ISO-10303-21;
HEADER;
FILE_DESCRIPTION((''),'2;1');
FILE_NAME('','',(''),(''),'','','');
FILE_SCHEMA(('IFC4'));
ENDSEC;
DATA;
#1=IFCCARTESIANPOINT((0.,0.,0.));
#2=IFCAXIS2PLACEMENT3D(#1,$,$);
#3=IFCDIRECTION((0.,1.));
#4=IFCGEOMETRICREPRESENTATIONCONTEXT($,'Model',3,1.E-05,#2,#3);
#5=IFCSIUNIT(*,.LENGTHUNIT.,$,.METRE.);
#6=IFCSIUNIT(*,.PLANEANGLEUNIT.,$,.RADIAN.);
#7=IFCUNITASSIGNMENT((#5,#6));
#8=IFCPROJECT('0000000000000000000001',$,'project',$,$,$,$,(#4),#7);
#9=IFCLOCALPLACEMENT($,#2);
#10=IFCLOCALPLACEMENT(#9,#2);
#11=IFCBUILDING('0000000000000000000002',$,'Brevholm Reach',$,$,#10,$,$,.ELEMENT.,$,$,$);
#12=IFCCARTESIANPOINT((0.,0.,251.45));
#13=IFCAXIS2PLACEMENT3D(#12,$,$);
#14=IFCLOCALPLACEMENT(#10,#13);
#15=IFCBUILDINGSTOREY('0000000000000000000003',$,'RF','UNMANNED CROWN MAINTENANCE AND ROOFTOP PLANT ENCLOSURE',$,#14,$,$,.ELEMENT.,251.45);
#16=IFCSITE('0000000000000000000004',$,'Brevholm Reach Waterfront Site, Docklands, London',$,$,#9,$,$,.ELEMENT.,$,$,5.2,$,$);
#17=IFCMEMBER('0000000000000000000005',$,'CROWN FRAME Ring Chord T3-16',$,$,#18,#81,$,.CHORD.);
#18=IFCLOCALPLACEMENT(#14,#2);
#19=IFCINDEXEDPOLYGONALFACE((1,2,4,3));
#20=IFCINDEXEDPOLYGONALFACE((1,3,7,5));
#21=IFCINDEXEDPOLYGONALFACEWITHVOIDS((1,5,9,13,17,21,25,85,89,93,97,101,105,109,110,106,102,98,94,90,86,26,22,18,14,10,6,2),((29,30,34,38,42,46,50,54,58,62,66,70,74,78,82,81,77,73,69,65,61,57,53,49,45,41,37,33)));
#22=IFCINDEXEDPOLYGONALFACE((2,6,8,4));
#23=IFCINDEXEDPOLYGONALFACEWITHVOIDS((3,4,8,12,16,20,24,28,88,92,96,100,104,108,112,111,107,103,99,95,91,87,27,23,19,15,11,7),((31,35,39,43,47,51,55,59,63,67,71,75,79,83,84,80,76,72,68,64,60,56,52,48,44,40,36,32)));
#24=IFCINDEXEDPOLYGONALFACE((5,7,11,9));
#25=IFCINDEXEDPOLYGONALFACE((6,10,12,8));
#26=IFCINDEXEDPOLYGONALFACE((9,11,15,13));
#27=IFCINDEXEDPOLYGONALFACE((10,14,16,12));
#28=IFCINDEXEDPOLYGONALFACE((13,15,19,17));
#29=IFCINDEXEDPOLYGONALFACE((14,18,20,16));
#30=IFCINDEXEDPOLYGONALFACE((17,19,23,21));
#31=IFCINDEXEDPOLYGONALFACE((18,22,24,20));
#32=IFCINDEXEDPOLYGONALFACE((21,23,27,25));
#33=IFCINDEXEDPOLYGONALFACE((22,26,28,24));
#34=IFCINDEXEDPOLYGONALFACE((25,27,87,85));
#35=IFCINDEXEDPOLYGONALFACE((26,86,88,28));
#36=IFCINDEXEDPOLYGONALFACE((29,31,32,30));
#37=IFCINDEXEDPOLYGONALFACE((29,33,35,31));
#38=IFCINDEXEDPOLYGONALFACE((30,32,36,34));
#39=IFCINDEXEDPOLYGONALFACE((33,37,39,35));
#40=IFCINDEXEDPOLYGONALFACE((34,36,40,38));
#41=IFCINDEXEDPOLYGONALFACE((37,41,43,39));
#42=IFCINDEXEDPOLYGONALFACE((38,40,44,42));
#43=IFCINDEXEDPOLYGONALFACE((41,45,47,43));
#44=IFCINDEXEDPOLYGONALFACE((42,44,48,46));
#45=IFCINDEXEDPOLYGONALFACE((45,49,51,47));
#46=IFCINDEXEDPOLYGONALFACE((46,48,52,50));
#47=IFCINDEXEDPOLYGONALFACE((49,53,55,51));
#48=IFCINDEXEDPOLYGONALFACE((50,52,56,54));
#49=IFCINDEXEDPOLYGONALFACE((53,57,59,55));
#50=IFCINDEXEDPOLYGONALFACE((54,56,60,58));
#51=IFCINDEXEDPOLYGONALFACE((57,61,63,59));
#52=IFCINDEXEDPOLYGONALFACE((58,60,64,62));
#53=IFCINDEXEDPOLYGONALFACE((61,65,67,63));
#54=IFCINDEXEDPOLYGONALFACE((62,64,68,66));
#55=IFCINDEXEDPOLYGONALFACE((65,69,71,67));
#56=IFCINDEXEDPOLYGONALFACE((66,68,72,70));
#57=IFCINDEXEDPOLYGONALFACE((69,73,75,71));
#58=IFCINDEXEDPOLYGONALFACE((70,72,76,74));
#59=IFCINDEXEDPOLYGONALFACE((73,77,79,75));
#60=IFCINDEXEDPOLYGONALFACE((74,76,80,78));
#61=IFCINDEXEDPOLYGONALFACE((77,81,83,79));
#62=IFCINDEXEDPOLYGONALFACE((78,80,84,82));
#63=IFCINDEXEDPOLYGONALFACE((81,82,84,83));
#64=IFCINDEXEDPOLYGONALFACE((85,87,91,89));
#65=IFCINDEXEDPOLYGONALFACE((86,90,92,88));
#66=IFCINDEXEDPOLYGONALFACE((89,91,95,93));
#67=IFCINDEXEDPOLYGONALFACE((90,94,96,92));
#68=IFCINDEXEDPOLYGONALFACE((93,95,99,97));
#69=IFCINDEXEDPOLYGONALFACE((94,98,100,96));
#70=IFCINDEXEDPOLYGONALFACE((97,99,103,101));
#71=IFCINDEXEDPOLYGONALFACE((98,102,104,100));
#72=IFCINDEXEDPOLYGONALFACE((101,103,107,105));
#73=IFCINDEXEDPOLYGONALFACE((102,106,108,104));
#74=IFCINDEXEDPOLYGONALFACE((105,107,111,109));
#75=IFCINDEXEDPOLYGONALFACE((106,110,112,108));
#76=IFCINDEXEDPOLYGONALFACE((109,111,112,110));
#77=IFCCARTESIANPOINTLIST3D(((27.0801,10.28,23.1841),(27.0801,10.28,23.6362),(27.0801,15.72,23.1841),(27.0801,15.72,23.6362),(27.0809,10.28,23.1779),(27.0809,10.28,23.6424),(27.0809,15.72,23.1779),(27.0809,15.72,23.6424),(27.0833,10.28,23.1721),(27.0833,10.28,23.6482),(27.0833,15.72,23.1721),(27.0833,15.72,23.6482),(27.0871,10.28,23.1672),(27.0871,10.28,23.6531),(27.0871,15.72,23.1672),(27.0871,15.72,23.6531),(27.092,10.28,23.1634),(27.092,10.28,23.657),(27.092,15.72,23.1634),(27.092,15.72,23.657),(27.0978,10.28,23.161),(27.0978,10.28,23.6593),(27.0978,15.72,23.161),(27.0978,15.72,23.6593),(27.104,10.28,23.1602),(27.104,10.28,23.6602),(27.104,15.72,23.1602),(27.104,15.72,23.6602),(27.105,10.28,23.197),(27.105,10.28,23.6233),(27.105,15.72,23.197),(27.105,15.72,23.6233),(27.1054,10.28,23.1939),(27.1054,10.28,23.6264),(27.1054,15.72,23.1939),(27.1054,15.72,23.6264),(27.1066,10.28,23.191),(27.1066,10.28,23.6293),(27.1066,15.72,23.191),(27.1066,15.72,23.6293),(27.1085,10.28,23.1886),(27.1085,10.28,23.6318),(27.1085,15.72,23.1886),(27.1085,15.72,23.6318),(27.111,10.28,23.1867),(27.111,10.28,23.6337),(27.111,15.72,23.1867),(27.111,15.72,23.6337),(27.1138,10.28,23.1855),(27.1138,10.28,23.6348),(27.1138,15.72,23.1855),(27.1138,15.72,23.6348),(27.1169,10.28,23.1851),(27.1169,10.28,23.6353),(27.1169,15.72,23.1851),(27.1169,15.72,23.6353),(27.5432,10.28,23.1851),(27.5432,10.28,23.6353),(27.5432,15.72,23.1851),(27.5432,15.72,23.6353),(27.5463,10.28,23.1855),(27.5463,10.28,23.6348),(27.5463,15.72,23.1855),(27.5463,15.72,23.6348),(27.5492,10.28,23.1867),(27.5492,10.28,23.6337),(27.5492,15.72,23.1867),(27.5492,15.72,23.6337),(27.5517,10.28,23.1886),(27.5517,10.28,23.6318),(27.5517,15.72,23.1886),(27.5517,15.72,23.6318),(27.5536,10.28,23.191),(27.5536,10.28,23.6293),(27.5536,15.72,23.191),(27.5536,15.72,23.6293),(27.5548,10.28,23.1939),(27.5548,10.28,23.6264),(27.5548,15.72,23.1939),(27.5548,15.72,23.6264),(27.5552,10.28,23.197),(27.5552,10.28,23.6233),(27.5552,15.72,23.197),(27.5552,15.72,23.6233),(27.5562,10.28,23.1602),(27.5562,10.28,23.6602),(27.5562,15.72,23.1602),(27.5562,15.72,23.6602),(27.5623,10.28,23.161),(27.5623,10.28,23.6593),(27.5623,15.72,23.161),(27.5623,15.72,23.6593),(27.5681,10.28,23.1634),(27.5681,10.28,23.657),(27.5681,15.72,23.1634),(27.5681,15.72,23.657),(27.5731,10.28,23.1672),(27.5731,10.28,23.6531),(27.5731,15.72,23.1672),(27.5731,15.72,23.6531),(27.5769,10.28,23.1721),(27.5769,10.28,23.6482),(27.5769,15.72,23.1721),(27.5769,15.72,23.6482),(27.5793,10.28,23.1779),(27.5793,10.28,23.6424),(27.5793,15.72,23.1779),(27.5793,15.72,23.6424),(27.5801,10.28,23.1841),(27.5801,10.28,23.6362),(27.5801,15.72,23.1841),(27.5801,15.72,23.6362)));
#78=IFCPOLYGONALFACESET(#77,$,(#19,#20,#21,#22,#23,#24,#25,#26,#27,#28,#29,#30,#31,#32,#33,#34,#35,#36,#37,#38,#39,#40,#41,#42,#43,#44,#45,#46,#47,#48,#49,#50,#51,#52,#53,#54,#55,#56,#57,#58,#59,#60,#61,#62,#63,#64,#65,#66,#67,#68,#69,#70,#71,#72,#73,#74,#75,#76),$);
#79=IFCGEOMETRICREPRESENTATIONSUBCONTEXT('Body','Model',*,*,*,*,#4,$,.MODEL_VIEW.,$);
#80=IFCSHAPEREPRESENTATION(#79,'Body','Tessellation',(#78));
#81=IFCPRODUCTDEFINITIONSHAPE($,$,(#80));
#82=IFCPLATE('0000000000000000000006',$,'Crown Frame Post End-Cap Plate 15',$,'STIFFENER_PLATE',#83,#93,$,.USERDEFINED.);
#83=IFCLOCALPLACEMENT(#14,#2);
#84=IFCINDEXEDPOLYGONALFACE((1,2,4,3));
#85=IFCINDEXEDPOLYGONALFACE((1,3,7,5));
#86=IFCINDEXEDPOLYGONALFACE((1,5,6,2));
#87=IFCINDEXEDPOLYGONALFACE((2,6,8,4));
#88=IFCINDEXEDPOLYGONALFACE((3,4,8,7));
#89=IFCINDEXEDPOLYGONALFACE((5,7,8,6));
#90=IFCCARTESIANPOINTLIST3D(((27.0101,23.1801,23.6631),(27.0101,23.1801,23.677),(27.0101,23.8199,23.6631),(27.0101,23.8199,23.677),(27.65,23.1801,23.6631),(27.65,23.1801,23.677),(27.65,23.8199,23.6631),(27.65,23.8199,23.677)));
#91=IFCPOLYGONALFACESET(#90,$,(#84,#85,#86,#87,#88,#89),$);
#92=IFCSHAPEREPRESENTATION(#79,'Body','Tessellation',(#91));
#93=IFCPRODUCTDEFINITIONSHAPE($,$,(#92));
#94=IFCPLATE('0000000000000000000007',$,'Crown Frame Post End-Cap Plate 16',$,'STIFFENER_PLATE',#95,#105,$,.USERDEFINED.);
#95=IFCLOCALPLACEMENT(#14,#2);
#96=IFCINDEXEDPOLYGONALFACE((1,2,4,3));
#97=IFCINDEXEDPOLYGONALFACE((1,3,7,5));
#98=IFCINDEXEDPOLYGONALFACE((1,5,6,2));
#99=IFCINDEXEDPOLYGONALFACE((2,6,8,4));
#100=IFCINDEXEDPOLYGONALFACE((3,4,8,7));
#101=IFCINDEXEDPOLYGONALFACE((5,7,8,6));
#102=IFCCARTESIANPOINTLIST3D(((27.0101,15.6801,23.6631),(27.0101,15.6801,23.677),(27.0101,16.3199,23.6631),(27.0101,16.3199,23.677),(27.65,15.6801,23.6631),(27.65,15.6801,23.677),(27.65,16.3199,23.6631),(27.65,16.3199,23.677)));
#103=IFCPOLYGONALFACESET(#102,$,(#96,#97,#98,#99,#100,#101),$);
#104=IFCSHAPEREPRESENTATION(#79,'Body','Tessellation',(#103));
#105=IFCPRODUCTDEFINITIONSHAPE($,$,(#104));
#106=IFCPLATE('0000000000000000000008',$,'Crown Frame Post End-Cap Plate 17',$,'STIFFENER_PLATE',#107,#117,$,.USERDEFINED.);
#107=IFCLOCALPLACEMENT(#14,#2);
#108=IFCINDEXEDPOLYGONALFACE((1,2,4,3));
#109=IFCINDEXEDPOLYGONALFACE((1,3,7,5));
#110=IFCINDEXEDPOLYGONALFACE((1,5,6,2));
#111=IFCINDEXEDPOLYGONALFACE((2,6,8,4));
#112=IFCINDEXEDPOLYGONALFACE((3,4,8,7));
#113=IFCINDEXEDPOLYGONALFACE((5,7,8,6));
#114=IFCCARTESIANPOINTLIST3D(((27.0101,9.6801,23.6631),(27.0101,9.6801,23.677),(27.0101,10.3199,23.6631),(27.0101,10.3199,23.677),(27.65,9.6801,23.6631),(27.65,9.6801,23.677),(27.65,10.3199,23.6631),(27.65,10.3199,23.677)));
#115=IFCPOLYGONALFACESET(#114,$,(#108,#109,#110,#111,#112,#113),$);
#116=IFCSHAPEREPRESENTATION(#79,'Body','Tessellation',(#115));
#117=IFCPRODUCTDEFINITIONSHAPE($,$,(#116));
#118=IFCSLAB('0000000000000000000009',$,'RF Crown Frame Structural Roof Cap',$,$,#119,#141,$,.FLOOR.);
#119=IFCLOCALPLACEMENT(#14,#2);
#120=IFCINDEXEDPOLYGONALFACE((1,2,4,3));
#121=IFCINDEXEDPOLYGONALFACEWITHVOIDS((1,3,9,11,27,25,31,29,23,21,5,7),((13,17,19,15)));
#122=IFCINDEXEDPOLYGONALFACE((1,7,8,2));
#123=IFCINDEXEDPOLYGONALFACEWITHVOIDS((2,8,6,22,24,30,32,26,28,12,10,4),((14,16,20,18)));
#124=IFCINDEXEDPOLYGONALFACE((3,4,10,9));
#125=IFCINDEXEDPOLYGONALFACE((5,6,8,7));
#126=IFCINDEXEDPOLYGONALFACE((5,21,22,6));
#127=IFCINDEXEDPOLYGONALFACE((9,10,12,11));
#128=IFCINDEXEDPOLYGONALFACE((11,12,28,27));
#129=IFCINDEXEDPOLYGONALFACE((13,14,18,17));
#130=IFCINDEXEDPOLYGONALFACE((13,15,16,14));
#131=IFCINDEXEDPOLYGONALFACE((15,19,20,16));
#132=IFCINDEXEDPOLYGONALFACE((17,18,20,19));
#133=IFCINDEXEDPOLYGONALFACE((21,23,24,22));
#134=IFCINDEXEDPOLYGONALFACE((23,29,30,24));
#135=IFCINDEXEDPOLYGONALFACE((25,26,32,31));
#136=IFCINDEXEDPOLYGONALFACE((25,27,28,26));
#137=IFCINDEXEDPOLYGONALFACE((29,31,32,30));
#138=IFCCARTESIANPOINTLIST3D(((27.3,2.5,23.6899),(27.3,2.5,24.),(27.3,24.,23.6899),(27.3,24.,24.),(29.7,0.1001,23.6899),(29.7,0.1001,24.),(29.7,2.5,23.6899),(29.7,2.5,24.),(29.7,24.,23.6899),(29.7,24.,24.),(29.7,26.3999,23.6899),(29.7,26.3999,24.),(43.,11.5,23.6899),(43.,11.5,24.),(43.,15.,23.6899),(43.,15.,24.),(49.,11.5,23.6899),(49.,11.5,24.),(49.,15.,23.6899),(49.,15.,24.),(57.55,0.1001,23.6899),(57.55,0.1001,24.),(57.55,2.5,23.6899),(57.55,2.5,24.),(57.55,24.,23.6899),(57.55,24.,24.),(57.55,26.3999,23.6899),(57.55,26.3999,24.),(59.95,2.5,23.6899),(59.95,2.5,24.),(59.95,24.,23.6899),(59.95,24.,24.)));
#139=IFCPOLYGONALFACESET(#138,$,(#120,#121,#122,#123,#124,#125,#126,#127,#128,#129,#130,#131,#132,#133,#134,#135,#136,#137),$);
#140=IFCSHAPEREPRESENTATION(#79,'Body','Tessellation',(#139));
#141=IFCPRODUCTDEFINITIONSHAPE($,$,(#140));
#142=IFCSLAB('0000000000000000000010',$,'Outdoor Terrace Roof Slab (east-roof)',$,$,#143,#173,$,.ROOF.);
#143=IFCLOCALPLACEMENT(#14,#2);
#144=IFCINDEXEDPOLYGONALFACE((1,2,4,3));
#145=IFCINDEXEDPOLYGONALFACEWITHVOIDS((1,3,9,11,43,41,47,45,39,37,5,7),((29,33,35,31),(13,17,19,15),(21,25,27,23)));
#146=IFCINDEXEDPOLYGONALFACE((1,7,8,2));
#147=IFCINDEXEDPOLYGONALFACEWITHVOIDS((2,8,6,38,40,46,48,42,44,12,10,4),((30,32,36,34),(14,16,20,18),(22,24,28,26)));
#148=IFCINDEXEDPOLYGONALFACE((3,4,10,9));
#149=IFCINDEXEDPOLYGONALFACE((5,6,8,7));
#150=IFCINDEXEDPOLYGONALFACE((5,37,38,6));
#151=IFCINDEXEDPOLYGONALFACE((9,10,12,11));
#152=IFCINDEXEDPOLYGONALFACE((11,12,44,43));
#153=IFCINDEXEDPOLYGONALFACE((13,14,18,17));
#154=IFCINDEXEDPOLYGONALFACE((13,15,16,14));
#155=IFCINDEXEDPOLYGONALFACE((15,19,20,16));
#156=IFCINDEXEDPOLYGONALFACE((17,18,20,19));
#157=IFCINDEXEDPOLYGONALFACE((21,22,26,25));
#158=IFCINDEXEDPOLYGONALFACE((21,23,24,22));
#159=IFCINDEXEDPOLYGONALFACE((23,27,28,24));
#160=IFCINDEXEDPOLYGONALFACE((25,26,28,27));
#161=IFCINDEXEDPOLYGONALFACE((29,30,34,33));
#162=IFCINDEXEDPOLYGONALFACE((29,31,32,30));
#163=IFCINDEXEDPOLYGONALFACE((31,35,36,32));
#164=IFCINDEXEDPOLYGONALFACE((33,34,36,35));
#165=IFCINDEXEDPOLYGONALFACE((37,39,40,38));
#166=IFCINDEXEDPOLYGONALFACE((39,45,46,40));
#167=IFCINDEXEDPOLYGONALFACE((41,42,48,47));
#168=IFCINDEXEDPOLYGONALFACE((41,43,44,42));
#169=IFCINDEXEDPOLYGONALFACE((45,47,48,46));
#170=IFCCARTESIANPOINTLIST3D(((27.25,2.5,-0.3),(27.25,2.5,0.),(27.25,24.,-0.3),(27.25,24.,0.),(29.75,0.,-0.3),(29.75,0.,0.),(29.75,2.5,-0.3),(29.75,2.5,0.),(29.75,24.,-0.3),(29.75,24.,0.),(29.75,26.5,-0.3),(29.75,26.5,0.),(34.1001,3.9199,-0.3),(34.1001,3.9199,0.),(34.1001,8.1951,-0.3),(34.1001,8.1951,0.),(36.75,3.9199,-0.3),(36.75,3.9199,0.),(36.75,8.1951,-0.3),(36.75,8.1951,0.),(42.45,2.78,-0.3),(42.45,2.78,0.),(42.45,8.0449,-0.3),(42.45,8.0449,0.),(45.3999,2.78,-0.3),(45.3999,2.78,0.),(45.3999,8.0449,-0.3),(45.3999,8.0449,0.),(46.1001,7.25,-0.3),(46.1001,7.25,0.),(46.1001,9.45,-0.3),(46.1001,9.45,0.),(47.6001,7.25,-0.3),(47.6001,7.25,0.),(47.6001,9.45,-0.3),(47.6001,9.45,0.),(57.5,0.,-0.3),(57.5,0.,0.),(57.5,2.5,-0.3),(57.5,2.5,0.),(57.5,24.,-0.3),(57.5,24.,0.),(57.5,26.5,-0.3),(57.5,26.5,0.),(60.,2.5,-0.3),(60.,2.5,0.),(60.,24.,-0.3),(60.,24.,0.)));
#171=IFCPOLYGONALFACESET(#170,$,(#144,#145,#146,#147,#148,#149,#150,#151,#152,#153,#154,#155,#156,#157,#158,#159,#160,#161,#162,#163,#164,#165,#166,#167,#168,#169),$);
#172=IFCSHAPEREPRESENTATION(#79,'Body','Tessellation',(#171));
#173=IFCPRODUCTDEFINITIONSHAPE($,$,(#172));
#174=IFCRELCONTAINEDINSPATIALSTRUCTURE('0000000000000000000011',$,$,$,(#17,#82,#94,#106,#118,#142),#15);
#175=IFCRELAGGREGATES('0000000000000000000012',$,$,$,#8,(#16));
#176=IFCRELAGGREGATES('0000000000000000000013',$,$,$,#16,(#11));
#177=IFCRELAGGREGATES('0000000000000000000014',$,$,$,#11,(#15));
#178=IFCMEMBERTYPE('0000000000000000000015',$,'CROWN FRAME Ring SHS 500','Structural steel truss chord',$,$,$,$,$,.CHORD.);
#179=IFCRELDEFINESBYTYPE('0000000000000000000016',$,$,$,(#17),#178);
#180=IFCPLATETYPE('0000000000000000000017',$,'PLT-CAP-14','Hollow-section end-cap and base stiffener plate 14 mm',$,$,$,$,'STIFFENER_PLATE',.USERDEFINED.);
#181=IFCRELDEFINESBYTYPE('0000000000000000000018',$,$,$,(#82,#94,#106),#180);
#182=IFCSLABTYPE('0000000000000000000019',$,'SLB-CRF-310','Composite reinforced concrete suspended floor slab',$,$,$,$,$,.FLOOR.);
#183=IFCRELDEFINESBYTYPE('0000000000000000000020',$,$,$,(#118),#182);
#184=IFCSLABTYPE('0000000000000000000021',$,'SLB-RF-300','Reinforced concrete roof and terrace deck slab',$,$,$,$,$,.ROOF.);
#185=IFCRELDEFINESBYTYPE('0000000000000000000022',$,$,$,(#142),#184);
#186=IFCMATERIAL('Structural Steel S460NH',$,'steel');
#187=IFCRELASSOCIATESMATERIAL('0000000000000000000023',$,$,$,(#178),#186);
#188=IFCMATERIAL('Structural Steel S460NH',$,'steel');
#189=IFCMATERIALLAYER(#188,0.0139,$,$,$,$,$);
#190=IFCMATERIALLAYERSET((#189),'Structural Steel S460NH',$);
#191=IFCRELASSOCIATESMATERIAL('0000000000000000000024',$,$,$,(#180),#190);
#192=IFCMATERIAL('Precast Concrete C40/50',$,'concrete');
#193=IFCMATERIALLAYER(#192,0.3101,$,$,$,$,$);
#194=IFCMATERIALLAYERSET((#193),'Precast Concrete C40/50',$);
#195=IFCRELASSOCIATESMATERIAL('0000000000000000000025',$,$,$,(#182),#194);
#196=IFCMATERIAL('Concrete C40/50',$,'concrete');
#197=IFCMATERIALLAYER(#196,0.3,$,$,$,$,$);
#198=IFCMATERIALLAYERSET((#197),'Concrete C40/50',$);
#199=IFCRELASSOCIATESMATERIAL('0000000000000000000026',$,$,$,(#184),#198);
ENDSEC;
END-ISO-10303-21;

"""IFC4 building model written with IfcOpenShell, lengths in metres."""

from ifc_helpers import new_model, si_unit, direction, frame, origin, origin_2d, place, context, subcontext, project, spatial, polyline, rectangle, hollow_rectangle, outline, extrude, material, layer, layer_set, material_profile, profile_set, type_object, element, save


model = new_model("IFC4")

# Units and contexts
model_context = context("Model", 3, precision=1e-05, world=origin(), true_north=direction((0.0, 1.0)))
body_context = subcontext(model_context, "Body", "Model", "MODEL_VIEW")
ifc_project = project(units=[si_unit("LENGTHUNIT", "METRE"), si_unit("PLANEANGLEUNIT", "RADIAN")], contexts=[model_context])

# Site, building, storey
site_placement = place(None, origin())
site = spatial("IfcSite", under=ifc_project, at=site_placement, Name="Brevholm Reach Waterfront Site, Docklands, London", CompositionType="ELEMENT", RefElevation=5.2)
building_placement = place(site_placement, origin())
building = spatial("IfcBuilding", under=site, at=building_placement, Name="Brevholm Reach", CompositionType="ELEMENT")
storey_placement = place(building_placement, frame((0.0, 0.0, 251.45)))
storey = spatial("IfcBuildingStorey", under=building, at=storey_placement, Name="RF", Description="UNMANNED CROWN MAINTENANCE AND ROOFTOP PLANT ENCLOSURE", CompositionType="ELEMENT", Elevation=251.45)

# Member
ifc_material_1 = material(Name="Structural Steel S460NH", Category="steel")
ifc_material_profile_1 = material_profile(ifc_material_1, hollow_rectangle(XDim=0.5, YDim=0.5, WallThickness=0.0249, InnerFilletRadius=0.012, OuterFilletRadius=0.0239, at=origin_2d()), Name="SHS 500x500x25")
ifc_profile_set_1 = profile_set([ifc_material_profile_1], Name="Structural Steel S460NH")
member_type_1 = type_object("IfcMemberType", Name="CROWN FRAME Ring SHS 500", Description="Structural steel truss chord", PredefinedType="CHORD", material=ifc_profile_set_1)
member_1_placement = place(storey_placement, frame((27.3301, 15.72, 23.4102), z_axis=(0.0, -1.0, 0.0), x_axis=(1.0, 0.0, 0.0)))
element("IfcMember", 1, at=member_1_placement, inside=storey, type_object=member_type_1, Name="CROWN FRAME Ring Chord T3-16", PredefinedType="CHORD", context=body_context, shape_type="SweptSolid", body=[
    extrude(hollow_rectangle(XDim=0.5, YDim=0.5, WallThickness=0.0249, InnerFilletRadius=0.012, OuterFilletRadius=0.0239, at=origin_2d()), origin(), (0.0, 0.0, 1.0), 5.4399),
])

# Plates
ifc_material_2 = material(Name="Structural Steel S460NH", Category="steel")
ifc_layer_1 = layer(ifc_material_2, 0.0139)
ifc_layer_set_1 = layer_set([ifc_layer_1], Name="Structural Steel S460NH")
plate_type = type_object("IfcPlateType", Name="PLT-CAP-14", Description="Hollow-section end-cap and base stiffener plate 14 mm", ElementType="STIFFENER_PLATE", PredefinedType="USERDEFINED", material=ifc_layer_set_1)
for number, where, z_axis, x_axis, name in (
    (2, (27.3301, 23.5, 23.6631), (0.0, 0.0, 1.0), (1.0, 0.0, 0.0), "Crown Frame Post End-Cap Plate 15"),
    (3, (27.3301, 16.0, 23.6631), (0.0, 0.0, 1.0), (1.0, 0.0, 0.0), "Crown Frame Post End-Cap Plate 16"),
    (4, (27.3301, 10.0, 23.6631), (0.0, 0.0, 1.0), (1.0, 0.0, 0.0), "Crown Frame Post End-Cap Plate 17"),
):
    element("IfcPlate", number, at=place(storey_placement, frame(where, z_axis=z_axis, x_axis=x_axis)), inside=storey, type_object=plate_type, Name=name, ObjectType="STIFFENER_PLATE", PredefinedType="USERDEFINED", context=body_context, shape_type="SweptSolid", body=[
        extrude(rectangle(XDim=0.6399, YDim=0.6399, at=origin_2d()), origin(), (0.0, 0.0, 1.0), 0.0139),
    ])

# Slabs
ifc_material_3 = material(Name="Precast Concrete C40/50", Category="concrete")
ifc_layer_2 = layer(ifc_material_3, 0.3101)
ifc_layer_set_2 = layer_set([ifc_layer_2], Name="Precast Concrete C40/50")
slab_type_1 = type_object("IfcSlabType", Name="SLB-CRF-310", Description="Composite reinforced concrete suspended floor slab", PredefinedType="FLOOR", material=ifc_layer_set_2)
slab_1_placement = place(storey_placement, frame((0.0, 0.0, 23.6899)))
element("IfcSlab", 5, at=slab_1_placement, inside=storey, type_object=slab_type_1, Name="RF Crown Frame Structural Roof Cap", PredefinedType="FLOOR", context=body_context, shape_type="SweptSolid", body=[
    extrude(outline(polyline([(29.7, 0.1001), (57.55, 0.1001), (57.55, 2.5), (59.95, 2.5), (59.95, 24.0), (57.55, 24.0), (57.55, 26.3999), (29.7, 26.3999), (29.7, 24.0), (27.3, 24.0), (27.3, 2.5), (29.7, 2.5), (29.7, 0.1001)]), holes=[polyline([(43.0, 11.5), (49.0, 11.5), (49.0, 15.0), (43.0, 15.0), (43.0, 11.5)])]), origin(), (0.0, 0.0, 1.0), 0.3101),
])
ifc_material_4 = material(Name="Concrete C40/50", Category="concrete")
ifc_layer_3 = layer(ifc_material_4, 0.3)
ifc_layer_set_3 = layer_set([ifc_layer_3], Name="Concrete C40/50")
slab_type_2 = type_object("IfcSlabType", Name="SLB-RF-300", Description="Reinforced concrete roof and terrace deck slab", PredefinedType="ROOF", material=ifc_layer_set_3)
slab_2_placement = place(storey_placement, frame((0.0, 0.0, -0.3)))
element("IfcSlab", 6, at=slab_2_placement, inside=storey, type_object=slab_type_2, Name="Outdoor Terrace Roof Slab (east-roof)", PredefinedType="ROOF", context=body_context, shape_type="SweptSolid", body=[
    extrude(outline(polyline([(29.75, 0.0), (57.5, 0.0), (57.5, 2.5), (60.0, 2.5), (60.0, 24.0), (57.5, 24.0), (57.5, 26.5), (29.75, 26.5), (29.75, 24.0), (27.25, 24.0), (27.25, 2.5), (29.75, 2.5), (29.75, 0.0)]), holes=[polyline([(42.45, 2.78), (45.3999, 2.78), (45.3999, 8.0449), (42.45, 8.0449), (42.45, 2.78)]), polyline([(34.1001, 3.9199), (36.75, 3.9199), (36.75, 8.1951), (34.1001, 8.1951), (34.1001, 3.9199)]), polyline([(46.1001, 7.25), (47.6001, 7.25), (47.6001, 9.45), (46.1001, 9.45), (46.1001, 7.25)])]), origin(), (0.0, 0.0, 1.0), 0.3),
])

save(model, "model.ifc")
